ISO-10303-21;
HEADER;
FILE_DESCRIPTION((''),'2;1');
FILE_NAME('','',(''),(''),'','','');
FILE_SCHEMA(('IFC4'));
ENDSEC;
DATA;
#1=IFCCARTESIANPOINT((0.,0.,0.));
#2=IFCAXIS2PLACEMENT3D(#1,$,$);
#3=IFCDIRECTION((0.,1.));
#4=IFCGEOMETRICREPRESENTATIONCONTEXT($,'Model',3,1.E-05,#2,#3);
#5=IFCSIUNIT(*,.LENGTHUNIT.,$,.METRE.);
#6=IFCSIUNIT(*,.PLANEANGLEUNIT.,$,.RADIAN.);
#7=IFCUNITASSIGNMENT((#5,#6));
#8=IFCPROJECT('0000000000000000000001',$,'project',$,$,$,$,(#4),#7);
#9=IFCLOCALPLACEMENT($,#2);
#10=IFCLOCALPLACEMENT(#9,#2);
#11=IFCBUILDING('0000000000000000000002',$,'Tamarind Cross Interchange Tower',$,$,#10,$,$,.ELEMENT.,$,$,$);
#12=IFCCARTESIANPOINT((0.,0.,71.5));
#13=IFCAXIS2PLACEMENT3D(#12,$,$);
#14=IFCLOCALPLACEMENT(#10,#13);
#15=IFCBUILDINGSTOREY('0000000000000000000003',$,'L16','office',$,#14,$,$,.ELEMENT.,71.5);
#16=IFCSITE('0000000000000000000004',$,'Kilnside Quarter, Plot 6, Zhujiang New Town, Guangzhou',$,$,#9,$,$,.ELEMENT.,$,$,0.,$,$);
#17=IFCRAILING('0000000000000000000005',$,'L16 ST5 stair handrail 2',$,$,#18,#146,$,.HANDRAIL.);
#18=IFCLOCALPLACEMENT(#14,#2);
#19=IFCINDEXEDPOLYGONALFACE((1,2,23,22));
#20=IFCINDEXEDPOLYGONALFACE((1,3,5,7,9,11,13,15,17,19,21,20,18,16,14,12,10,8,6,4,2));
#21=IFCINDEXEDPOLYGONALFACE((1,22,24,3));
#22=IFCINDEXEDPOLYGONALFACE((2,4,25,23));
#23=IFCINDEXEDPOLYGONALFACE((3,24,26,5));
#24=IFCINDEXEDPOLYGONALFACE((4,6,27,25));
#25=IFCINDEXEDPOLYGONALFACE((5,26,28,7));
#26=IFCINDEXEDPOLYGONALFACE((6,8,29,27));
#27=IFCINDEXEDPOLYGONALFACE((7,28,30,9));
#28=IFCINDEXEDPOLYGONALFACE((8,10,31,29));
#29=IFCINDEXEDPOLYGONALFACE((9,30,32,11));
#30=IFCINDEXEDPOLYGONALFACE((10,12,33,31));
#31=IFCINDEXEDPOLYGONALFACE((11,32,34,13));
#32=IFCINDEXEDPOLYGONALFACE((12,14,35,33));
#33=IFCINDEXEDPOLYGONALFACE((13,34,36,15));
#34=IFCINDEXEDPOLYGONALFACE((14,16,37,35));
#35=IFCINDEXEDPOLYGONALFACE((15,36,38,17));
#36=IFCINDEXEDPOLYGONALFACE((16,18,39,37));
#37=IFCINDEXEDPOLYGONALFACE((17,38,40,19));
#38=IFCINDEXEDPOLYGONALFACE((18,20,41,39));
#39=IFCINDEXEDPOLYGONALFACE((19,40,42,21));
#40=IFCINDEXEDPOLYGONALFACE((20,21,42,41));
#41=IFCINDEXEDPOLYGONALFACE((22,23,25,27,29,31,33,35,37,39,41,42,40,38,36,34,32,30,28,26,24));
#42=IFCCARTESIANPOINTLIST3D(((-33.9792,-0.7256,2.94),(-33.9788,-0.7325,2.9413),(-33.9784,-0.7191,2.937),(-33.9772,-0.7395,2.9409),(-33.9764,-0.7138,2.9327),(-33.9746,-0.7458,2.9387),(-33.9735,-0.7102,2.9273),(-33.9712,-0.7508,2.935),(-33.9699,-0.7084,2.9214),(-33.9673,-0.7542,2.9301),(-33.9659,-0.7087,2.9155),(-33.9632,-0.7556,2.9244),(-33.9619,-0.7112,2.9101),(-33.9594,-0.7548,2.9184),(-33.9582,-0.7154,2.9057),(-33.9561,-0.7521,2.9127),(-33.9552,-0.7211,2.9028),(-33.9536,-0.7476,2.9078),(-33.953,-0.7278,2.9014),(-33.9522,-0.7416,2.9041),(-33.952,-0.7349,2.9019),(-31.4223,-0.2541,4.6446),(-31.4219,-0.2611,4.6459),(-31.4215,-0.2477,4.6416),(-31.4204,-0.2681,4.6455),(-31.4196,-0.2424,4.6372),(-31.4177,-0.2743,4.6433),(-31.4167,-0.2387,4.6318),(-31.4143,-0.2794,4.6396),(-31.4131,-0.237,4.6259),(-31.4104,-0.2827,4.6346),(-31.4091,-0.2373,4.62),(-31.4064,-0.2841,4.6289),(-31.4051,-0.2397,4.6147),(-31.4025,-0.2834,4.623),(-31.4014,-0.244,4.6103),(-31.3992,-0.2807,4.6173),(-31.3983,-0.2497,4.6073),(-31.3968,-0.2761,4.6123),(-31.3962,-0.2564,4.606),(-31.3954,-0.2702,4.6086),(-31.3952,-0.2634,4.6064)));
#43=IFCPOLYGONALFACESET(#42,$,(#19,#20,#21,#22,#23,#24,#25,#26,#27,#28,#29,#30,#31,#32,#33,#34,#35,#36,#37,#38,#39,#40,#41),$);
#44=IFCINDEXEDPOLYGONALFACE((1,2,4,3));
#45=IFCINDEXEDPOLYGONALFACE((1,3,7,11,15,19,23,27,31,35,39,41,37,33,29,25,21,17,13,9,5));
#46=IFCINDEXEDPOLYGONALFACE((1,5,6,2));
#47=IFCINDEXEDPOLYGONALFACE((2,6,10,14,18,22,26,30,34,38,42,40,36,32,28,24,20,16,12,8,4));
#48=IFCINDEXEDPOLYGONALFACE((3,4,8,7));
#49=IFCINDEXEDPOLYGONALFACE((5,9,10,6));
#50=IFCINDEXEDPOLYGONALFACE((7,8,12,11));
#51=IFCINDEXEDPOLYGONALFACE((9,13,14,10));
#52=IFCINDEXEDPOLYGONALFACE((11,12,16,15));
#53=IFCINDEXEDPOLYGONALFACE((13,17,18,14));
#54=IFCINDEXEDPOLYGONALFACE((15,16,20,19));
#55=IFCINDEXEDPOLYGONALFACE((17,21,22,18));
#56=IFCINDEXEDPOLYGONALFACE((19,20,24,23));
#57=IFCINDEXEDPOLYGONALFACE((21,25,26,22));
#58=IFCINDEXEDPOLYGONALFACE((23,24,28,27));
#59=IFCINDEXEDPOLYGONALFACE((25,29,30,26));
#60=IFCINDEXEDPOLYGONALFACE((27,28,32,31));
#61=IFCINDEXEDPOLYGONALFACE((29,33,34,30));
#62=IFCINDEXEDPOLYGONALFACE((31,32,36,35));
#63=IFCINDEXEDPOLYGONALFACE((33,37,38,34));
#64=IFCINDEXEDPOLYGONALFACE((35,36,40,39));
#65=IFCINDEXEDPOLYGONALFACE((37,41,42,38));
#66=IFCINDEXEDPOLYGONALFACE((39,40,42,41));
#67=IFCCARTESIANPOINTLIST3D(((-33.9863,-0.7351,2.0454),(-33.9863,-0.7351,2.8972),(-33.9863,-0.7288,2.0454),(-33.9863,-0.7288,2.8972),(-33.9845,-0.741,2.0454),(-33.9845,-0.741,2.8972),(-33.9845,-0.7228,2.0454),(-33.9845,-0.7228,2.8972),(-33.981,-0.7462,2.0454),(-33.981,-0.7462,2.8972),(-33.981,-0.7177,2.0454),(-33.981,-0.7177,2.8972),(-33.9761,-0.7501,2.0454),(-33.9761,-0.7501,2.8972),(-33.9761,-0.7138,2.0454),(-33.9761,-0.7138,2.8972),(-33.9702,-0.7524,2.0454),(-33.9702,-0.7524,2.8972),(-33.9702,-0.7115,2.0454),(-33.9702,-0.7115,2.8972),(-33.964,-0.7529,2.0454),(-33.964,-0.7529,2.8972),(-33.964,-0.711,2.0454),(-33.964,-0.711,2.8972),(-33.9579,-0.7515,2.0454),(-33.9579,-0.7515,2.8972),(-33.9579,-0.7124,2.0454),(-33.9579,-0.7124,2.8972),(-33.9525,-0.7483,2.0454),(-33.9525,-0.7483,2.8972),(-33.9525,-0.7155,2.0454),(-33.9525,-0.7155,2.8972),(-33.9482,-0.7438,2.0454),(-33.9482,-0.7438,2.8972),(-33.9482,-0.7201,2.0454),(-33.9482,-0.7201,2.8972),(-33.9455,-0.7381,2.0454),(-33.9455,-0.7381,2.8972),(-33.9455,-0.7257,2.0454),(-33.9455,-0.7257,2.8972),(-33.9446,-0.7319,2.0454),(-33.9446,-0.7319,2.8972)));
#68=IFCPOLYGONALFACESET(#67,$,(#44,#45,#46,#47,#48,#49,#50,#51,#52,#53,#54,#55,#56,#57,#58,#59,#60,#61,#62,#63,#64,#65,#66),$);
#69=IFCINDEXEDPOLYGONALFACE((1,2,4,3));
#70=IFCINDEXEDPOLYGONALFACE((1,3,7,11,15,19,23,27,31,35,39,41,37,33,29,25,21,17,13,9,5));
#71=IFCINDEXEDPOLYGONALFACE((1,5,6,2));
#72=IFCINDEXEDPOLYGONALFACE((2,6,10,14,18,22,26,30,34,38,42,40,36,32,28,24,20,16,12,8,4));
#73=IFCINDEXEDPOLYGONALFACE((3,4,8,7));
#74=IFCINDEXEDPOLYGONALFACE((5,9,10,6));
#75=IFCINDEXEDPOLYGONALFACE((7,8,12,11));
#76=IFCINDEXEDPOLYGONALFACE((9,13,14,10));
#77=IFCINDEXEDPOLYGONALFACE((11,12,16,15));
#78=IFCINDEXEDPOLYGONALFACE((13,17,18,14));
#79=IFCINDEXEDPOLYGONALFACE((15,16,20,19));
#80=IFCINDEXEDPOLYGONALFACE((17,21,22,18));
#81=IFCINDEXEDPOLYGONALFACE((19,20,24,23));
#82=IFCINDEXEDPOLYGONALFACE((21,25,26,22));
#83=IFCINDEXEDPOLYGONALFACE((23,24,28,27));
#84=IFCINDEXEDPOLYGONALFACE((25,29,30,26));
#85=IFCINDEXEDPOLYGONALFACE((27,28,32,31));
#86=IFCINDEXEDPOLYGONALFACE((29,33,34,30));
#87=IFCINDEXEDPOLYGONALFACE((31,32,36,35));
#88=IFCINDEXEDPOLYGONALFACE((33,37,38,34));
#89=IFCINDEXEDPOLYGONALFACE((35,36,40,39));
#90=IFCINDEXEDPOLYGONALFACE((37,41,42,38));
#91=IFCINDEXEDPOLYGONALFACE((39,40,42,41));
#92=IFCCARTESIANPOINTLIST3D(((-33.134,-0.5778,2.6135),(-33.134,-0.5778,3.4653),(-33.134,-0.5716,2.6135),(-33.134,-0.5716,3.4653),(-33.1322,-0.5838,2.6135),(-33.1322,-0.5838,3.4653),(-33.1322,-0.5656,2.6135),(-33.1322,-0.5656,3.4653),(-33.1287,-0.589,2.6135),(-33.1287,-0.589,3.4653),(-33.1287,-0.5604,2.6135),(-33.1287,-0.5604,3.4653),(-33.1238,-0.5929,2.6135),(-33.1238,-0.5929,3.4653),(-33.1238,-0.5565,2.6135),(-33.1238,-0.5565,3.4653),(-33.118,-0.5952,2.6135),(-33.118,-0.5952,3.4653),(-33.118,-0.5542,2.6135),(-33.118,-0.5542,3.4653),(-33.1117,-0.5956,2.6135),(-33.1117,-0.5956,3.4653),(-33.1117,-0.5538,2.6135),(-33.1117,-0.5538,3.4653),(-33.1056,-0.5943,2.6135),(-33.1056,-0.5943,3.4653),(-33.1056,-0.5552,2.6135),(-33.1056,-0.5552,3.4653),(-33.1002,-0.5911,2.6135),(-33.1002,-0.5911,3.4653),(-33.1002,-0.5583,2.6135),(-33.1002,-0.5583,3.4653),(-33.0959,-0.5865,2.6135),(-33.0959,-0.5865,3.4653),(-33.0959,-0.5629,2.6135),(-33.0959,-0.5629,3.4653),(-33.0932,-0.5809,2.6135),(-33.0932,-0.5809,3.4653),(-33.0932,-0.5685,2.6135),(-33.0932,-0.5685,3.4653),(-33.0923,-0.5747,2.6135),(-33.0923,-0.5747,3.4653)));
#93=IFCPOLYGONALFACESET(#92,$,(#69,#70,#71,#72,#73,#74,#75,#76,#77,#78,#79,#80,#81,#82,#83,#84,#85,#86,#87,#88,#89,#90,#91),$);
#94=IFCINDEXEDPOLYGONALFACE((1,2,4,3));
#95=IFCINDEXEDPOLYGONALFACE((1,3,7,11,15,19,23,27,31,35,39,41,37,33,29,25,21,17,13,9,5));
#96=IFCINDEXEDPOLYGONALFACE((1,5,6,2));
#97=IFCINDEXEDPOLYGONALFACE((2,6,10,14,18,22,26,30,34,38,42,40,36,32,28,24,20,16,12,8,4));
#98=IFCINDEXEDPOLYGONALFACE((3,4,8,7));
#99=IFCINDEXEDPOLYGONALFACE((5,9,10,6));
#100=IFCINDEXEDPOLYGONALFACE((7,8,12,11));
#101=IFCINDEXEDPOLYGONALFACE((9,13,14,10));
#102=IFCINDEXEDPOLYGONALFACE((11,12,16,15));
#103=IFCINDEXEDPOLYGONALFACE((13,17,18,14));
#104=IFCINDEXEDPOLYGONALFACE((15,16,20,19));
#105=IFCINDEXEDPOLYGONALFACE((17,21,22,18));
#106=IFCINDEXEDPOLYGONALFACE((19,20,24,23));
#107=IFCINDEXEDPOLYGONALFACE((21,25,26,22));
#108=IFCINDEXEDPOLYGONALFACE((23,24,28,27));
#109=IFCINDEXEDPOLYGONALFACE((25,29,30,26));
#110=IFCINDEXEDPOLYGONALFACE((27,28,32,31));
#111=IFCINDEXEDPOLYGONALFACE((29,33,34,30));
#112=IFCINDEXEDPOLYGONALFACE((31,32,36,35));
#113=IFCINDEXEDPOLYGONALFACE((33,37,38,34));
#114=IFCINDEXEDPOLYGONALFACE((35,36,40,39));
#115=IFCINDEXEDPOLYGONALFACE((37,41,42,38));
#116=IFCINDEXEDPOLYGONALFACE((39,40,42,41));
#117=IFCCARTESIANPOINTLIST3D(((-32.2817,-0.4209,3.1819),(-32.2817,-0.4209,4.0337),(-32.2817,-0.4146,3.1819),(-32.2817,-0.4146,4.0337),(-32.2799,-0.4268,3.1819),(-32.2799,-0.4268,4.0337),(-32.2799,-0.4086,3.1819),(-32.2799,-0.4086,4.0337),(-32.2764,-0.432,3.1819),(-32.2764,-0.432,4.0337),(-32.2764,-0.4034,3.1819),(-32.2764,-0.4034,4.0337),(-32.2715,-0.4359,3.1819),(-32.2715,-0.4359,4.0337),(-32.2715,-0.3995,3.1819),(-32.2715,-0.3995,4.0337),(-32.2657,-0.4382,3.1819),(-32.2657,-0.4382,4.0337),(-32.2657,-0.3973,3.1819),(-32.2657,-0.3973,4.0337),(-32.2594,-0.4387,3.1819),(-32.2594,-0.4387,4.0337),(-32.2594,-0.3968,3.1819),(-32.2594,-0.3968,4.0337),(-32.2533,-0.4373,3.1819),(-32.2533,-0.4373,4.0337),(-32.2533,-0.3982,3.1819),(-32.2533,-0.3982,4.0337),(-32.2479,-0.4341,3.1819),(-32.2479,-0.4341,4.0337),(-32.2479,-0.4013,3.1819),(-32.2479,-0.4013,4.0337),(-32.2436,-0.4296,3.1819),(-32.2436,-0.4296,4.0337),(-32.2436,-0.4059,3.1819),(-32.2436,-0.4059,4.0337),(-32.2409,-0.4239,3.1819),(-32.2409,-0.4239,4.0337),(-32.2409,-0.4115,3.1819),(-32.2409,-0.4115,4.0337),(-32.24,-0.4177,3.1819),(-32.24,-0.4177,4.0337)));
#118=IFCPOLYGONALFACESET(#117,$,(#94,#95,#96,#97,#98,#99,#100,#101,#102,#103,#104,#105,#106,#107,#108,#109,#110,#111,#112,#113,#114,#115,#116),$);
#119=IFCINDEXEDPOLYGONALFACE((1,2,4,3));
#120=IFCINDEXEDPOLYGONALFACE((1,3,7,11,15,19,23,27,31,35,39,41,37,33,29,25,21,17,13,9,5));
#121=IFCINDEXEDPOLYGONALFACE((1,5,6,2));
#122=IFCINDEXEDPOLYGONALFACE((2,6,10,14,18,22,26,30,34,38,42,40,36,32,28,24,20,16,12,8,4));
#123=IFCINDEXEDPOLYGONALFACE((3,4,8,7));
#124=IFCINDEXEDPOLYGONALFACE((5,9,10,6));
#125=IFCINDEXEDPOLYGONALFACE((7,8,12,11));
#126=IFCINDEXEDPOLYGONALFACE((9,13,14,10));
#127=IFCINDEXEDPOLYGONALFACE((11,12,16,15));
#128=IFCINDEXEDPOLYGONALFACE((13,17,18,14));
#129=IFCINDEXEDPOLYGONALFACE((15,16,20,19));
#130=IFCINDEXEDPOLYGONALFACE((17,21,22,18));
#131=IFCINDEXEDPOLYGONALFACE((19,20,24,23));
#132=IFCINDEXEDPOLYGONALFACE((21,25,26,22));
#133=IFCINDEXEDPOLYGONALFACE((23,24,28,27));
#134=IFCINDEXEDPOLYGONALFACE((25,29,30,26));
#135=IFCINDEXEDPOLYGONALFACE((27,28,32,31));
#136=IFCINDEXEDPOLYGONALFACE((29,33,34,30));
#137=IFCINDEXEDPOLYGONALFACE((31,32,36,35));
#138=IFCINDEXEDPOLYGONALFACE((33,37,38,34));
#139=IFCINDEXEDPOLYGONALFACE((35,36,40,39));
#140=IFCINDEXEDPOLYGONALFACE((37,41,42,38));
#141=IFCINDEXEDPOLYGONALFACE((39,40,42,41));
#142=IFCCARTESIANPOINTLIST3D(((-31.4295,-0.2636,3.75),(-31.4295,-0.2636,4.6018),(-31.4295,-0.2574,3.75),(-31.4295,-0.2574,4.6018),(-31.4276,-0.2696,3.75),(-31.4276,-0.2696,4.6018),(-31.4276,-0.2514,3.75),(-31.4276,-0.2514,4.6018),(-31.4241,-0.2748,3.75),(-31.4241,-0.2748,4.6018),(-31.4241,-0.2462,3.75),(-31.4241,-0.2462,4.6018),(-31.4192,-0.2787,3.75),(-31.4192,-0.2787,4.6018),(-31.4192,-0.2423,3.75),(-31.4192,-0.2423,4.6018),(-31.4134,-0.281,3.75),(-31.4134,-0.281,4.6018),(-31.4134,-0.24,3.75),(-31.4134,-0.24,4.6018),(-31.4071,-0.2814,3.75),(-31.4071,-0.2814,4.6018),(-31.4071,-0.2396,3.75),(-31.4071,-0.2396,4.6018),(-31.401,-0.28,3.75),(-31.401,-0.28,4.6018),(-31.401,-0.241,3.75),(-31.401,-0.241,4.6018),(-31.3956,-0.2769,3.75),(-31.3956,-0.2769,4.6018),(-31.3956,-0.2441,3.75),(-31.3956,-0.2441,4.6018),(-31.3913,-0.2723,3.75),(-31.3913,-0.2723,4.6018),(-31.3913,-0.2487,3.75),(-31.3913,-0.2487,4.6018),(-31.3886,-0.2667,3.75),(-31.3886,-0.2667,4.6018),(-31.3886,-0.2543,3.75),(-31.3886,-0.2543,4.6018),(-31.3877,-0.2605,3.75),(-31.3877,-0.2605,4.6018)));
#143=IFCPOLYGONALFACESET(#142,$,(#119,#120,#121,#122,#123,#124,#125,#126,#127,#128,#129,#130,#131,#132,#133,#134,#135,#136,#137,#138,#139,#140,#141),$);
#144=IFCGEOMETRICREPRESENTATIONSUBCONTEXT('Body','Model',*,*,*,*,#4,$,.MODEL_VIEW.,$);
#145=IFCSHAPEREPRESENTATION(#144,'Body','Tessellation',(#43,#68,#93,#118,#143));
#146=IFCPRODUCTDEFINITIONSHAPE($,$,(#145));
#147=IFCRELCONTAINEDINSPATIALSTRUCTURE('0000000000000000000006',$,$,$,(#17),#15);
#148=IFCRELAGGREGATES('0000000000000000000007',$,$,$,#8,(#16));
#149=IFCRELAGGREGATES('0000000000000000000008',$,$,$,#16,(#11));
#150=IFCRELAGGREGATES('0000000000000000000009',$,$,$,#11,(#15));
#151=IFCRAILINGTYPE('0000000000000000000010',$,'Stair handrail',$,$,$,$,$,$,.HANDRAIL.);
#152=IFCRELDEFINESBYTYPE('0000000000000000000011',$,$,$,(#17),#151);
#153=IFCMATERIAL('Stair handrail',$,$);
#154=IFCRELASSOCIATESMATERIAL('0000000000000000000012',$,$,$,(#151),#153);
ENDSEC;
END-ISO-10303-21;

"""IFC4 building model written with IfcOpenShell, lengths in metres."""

from ifc_helpers import new_model, si_unit, direction, frame, origin, origin_2d, place, context, subcontext, project, spatial, circle, extrude, material, type_object, element, save


model = new_model("IFC4")

# Units and contexts
model_context = context("Model", 3, precision=1e-05, world=origin(), true_north=direction((0.0, 1.0)))
body_context = subcontext(model_context, "Body", "Model", "MODEL_VIEW")
ifc_project = project(units=[si_unit("LENGTHUNIT", "METRE"), si_unit("PLANEANGLEUNIT", "RADIAN")], contexts=[model_context])

# Site, building, storey
site_placement = place(None, origin())
site = spatial("IfcSite", under=ifc_project, at=site_placement, Name="Kilnside Quarter, Plot 6, Zhujiang New Town, Guangzhou", CompositionType="ELEMENT", RefElevation=0.0)
building_placement = place(site_placement, origin())
building = spatial("IfcBuilding", under=site, at=building_placement, Name="Tamarind Cross Interchange Tower", CompositionType="ELEMENT")
storey_placement = place(building_placement, frame((0.0, 0.0, 71.5)))
storey = spatial("IfcBuildingStorey", under=building, at=storey_placement, Name="L16", Description="office", CompositionType="ELEMENT", Elevation=71.5)

# Railing
ifc_material_1 = material(Name="Stair handrail")
railing_type = type_object("IfcRailingType", Name="Stair handrail", PredefinedType="HANDRAIL", material=ifc_material_1)
railing_placement = place(storey_placement, frame((-33.9656, -0.7319, 2.0454)))
element("IfcRailing", 1, at=railing_placement, inside=storey, type_object=railing_type, Name="L16 ST5 stair handrail 2", PredefinedType="HANDRAIL", context=body_context, shape_type="SweptSolid", body=[
    extrude(circle(Radius=0.0239, at=origin_2d()), frame((0.0, 0.0, 0.876), z_axis=(0.822428, 0.151638, 0.548286), x_axis=(-0.181323, 0.983424, 0.0)), (0.0, 0.0, 1.0), 3.1089),
    extrude(circle(Radius=0.021, at=origin_2d()), origin(), (0.0, 0.0, 1.0), 0.8518),
    extrude(circle(Radius=0.021, at=origin_2d()), frame((0.8523, 0.1572, 0.5681)), (0.0, 0.0, 1.0), 0.8518),
    extrude(circle(Radius=0.021, at=origin_2d()), frame((1.7046, 0.3142, 1.1365)), (0.0, 0.0, 1.0), 0.8518),
    extrude(circle(Radius=0.021, at=origin_2d()), frame((2.5569, 0.4714, 1.7046)), (0.0, 0.0, 1.0), 0.8518),
])

save(model, "model.ifc")
